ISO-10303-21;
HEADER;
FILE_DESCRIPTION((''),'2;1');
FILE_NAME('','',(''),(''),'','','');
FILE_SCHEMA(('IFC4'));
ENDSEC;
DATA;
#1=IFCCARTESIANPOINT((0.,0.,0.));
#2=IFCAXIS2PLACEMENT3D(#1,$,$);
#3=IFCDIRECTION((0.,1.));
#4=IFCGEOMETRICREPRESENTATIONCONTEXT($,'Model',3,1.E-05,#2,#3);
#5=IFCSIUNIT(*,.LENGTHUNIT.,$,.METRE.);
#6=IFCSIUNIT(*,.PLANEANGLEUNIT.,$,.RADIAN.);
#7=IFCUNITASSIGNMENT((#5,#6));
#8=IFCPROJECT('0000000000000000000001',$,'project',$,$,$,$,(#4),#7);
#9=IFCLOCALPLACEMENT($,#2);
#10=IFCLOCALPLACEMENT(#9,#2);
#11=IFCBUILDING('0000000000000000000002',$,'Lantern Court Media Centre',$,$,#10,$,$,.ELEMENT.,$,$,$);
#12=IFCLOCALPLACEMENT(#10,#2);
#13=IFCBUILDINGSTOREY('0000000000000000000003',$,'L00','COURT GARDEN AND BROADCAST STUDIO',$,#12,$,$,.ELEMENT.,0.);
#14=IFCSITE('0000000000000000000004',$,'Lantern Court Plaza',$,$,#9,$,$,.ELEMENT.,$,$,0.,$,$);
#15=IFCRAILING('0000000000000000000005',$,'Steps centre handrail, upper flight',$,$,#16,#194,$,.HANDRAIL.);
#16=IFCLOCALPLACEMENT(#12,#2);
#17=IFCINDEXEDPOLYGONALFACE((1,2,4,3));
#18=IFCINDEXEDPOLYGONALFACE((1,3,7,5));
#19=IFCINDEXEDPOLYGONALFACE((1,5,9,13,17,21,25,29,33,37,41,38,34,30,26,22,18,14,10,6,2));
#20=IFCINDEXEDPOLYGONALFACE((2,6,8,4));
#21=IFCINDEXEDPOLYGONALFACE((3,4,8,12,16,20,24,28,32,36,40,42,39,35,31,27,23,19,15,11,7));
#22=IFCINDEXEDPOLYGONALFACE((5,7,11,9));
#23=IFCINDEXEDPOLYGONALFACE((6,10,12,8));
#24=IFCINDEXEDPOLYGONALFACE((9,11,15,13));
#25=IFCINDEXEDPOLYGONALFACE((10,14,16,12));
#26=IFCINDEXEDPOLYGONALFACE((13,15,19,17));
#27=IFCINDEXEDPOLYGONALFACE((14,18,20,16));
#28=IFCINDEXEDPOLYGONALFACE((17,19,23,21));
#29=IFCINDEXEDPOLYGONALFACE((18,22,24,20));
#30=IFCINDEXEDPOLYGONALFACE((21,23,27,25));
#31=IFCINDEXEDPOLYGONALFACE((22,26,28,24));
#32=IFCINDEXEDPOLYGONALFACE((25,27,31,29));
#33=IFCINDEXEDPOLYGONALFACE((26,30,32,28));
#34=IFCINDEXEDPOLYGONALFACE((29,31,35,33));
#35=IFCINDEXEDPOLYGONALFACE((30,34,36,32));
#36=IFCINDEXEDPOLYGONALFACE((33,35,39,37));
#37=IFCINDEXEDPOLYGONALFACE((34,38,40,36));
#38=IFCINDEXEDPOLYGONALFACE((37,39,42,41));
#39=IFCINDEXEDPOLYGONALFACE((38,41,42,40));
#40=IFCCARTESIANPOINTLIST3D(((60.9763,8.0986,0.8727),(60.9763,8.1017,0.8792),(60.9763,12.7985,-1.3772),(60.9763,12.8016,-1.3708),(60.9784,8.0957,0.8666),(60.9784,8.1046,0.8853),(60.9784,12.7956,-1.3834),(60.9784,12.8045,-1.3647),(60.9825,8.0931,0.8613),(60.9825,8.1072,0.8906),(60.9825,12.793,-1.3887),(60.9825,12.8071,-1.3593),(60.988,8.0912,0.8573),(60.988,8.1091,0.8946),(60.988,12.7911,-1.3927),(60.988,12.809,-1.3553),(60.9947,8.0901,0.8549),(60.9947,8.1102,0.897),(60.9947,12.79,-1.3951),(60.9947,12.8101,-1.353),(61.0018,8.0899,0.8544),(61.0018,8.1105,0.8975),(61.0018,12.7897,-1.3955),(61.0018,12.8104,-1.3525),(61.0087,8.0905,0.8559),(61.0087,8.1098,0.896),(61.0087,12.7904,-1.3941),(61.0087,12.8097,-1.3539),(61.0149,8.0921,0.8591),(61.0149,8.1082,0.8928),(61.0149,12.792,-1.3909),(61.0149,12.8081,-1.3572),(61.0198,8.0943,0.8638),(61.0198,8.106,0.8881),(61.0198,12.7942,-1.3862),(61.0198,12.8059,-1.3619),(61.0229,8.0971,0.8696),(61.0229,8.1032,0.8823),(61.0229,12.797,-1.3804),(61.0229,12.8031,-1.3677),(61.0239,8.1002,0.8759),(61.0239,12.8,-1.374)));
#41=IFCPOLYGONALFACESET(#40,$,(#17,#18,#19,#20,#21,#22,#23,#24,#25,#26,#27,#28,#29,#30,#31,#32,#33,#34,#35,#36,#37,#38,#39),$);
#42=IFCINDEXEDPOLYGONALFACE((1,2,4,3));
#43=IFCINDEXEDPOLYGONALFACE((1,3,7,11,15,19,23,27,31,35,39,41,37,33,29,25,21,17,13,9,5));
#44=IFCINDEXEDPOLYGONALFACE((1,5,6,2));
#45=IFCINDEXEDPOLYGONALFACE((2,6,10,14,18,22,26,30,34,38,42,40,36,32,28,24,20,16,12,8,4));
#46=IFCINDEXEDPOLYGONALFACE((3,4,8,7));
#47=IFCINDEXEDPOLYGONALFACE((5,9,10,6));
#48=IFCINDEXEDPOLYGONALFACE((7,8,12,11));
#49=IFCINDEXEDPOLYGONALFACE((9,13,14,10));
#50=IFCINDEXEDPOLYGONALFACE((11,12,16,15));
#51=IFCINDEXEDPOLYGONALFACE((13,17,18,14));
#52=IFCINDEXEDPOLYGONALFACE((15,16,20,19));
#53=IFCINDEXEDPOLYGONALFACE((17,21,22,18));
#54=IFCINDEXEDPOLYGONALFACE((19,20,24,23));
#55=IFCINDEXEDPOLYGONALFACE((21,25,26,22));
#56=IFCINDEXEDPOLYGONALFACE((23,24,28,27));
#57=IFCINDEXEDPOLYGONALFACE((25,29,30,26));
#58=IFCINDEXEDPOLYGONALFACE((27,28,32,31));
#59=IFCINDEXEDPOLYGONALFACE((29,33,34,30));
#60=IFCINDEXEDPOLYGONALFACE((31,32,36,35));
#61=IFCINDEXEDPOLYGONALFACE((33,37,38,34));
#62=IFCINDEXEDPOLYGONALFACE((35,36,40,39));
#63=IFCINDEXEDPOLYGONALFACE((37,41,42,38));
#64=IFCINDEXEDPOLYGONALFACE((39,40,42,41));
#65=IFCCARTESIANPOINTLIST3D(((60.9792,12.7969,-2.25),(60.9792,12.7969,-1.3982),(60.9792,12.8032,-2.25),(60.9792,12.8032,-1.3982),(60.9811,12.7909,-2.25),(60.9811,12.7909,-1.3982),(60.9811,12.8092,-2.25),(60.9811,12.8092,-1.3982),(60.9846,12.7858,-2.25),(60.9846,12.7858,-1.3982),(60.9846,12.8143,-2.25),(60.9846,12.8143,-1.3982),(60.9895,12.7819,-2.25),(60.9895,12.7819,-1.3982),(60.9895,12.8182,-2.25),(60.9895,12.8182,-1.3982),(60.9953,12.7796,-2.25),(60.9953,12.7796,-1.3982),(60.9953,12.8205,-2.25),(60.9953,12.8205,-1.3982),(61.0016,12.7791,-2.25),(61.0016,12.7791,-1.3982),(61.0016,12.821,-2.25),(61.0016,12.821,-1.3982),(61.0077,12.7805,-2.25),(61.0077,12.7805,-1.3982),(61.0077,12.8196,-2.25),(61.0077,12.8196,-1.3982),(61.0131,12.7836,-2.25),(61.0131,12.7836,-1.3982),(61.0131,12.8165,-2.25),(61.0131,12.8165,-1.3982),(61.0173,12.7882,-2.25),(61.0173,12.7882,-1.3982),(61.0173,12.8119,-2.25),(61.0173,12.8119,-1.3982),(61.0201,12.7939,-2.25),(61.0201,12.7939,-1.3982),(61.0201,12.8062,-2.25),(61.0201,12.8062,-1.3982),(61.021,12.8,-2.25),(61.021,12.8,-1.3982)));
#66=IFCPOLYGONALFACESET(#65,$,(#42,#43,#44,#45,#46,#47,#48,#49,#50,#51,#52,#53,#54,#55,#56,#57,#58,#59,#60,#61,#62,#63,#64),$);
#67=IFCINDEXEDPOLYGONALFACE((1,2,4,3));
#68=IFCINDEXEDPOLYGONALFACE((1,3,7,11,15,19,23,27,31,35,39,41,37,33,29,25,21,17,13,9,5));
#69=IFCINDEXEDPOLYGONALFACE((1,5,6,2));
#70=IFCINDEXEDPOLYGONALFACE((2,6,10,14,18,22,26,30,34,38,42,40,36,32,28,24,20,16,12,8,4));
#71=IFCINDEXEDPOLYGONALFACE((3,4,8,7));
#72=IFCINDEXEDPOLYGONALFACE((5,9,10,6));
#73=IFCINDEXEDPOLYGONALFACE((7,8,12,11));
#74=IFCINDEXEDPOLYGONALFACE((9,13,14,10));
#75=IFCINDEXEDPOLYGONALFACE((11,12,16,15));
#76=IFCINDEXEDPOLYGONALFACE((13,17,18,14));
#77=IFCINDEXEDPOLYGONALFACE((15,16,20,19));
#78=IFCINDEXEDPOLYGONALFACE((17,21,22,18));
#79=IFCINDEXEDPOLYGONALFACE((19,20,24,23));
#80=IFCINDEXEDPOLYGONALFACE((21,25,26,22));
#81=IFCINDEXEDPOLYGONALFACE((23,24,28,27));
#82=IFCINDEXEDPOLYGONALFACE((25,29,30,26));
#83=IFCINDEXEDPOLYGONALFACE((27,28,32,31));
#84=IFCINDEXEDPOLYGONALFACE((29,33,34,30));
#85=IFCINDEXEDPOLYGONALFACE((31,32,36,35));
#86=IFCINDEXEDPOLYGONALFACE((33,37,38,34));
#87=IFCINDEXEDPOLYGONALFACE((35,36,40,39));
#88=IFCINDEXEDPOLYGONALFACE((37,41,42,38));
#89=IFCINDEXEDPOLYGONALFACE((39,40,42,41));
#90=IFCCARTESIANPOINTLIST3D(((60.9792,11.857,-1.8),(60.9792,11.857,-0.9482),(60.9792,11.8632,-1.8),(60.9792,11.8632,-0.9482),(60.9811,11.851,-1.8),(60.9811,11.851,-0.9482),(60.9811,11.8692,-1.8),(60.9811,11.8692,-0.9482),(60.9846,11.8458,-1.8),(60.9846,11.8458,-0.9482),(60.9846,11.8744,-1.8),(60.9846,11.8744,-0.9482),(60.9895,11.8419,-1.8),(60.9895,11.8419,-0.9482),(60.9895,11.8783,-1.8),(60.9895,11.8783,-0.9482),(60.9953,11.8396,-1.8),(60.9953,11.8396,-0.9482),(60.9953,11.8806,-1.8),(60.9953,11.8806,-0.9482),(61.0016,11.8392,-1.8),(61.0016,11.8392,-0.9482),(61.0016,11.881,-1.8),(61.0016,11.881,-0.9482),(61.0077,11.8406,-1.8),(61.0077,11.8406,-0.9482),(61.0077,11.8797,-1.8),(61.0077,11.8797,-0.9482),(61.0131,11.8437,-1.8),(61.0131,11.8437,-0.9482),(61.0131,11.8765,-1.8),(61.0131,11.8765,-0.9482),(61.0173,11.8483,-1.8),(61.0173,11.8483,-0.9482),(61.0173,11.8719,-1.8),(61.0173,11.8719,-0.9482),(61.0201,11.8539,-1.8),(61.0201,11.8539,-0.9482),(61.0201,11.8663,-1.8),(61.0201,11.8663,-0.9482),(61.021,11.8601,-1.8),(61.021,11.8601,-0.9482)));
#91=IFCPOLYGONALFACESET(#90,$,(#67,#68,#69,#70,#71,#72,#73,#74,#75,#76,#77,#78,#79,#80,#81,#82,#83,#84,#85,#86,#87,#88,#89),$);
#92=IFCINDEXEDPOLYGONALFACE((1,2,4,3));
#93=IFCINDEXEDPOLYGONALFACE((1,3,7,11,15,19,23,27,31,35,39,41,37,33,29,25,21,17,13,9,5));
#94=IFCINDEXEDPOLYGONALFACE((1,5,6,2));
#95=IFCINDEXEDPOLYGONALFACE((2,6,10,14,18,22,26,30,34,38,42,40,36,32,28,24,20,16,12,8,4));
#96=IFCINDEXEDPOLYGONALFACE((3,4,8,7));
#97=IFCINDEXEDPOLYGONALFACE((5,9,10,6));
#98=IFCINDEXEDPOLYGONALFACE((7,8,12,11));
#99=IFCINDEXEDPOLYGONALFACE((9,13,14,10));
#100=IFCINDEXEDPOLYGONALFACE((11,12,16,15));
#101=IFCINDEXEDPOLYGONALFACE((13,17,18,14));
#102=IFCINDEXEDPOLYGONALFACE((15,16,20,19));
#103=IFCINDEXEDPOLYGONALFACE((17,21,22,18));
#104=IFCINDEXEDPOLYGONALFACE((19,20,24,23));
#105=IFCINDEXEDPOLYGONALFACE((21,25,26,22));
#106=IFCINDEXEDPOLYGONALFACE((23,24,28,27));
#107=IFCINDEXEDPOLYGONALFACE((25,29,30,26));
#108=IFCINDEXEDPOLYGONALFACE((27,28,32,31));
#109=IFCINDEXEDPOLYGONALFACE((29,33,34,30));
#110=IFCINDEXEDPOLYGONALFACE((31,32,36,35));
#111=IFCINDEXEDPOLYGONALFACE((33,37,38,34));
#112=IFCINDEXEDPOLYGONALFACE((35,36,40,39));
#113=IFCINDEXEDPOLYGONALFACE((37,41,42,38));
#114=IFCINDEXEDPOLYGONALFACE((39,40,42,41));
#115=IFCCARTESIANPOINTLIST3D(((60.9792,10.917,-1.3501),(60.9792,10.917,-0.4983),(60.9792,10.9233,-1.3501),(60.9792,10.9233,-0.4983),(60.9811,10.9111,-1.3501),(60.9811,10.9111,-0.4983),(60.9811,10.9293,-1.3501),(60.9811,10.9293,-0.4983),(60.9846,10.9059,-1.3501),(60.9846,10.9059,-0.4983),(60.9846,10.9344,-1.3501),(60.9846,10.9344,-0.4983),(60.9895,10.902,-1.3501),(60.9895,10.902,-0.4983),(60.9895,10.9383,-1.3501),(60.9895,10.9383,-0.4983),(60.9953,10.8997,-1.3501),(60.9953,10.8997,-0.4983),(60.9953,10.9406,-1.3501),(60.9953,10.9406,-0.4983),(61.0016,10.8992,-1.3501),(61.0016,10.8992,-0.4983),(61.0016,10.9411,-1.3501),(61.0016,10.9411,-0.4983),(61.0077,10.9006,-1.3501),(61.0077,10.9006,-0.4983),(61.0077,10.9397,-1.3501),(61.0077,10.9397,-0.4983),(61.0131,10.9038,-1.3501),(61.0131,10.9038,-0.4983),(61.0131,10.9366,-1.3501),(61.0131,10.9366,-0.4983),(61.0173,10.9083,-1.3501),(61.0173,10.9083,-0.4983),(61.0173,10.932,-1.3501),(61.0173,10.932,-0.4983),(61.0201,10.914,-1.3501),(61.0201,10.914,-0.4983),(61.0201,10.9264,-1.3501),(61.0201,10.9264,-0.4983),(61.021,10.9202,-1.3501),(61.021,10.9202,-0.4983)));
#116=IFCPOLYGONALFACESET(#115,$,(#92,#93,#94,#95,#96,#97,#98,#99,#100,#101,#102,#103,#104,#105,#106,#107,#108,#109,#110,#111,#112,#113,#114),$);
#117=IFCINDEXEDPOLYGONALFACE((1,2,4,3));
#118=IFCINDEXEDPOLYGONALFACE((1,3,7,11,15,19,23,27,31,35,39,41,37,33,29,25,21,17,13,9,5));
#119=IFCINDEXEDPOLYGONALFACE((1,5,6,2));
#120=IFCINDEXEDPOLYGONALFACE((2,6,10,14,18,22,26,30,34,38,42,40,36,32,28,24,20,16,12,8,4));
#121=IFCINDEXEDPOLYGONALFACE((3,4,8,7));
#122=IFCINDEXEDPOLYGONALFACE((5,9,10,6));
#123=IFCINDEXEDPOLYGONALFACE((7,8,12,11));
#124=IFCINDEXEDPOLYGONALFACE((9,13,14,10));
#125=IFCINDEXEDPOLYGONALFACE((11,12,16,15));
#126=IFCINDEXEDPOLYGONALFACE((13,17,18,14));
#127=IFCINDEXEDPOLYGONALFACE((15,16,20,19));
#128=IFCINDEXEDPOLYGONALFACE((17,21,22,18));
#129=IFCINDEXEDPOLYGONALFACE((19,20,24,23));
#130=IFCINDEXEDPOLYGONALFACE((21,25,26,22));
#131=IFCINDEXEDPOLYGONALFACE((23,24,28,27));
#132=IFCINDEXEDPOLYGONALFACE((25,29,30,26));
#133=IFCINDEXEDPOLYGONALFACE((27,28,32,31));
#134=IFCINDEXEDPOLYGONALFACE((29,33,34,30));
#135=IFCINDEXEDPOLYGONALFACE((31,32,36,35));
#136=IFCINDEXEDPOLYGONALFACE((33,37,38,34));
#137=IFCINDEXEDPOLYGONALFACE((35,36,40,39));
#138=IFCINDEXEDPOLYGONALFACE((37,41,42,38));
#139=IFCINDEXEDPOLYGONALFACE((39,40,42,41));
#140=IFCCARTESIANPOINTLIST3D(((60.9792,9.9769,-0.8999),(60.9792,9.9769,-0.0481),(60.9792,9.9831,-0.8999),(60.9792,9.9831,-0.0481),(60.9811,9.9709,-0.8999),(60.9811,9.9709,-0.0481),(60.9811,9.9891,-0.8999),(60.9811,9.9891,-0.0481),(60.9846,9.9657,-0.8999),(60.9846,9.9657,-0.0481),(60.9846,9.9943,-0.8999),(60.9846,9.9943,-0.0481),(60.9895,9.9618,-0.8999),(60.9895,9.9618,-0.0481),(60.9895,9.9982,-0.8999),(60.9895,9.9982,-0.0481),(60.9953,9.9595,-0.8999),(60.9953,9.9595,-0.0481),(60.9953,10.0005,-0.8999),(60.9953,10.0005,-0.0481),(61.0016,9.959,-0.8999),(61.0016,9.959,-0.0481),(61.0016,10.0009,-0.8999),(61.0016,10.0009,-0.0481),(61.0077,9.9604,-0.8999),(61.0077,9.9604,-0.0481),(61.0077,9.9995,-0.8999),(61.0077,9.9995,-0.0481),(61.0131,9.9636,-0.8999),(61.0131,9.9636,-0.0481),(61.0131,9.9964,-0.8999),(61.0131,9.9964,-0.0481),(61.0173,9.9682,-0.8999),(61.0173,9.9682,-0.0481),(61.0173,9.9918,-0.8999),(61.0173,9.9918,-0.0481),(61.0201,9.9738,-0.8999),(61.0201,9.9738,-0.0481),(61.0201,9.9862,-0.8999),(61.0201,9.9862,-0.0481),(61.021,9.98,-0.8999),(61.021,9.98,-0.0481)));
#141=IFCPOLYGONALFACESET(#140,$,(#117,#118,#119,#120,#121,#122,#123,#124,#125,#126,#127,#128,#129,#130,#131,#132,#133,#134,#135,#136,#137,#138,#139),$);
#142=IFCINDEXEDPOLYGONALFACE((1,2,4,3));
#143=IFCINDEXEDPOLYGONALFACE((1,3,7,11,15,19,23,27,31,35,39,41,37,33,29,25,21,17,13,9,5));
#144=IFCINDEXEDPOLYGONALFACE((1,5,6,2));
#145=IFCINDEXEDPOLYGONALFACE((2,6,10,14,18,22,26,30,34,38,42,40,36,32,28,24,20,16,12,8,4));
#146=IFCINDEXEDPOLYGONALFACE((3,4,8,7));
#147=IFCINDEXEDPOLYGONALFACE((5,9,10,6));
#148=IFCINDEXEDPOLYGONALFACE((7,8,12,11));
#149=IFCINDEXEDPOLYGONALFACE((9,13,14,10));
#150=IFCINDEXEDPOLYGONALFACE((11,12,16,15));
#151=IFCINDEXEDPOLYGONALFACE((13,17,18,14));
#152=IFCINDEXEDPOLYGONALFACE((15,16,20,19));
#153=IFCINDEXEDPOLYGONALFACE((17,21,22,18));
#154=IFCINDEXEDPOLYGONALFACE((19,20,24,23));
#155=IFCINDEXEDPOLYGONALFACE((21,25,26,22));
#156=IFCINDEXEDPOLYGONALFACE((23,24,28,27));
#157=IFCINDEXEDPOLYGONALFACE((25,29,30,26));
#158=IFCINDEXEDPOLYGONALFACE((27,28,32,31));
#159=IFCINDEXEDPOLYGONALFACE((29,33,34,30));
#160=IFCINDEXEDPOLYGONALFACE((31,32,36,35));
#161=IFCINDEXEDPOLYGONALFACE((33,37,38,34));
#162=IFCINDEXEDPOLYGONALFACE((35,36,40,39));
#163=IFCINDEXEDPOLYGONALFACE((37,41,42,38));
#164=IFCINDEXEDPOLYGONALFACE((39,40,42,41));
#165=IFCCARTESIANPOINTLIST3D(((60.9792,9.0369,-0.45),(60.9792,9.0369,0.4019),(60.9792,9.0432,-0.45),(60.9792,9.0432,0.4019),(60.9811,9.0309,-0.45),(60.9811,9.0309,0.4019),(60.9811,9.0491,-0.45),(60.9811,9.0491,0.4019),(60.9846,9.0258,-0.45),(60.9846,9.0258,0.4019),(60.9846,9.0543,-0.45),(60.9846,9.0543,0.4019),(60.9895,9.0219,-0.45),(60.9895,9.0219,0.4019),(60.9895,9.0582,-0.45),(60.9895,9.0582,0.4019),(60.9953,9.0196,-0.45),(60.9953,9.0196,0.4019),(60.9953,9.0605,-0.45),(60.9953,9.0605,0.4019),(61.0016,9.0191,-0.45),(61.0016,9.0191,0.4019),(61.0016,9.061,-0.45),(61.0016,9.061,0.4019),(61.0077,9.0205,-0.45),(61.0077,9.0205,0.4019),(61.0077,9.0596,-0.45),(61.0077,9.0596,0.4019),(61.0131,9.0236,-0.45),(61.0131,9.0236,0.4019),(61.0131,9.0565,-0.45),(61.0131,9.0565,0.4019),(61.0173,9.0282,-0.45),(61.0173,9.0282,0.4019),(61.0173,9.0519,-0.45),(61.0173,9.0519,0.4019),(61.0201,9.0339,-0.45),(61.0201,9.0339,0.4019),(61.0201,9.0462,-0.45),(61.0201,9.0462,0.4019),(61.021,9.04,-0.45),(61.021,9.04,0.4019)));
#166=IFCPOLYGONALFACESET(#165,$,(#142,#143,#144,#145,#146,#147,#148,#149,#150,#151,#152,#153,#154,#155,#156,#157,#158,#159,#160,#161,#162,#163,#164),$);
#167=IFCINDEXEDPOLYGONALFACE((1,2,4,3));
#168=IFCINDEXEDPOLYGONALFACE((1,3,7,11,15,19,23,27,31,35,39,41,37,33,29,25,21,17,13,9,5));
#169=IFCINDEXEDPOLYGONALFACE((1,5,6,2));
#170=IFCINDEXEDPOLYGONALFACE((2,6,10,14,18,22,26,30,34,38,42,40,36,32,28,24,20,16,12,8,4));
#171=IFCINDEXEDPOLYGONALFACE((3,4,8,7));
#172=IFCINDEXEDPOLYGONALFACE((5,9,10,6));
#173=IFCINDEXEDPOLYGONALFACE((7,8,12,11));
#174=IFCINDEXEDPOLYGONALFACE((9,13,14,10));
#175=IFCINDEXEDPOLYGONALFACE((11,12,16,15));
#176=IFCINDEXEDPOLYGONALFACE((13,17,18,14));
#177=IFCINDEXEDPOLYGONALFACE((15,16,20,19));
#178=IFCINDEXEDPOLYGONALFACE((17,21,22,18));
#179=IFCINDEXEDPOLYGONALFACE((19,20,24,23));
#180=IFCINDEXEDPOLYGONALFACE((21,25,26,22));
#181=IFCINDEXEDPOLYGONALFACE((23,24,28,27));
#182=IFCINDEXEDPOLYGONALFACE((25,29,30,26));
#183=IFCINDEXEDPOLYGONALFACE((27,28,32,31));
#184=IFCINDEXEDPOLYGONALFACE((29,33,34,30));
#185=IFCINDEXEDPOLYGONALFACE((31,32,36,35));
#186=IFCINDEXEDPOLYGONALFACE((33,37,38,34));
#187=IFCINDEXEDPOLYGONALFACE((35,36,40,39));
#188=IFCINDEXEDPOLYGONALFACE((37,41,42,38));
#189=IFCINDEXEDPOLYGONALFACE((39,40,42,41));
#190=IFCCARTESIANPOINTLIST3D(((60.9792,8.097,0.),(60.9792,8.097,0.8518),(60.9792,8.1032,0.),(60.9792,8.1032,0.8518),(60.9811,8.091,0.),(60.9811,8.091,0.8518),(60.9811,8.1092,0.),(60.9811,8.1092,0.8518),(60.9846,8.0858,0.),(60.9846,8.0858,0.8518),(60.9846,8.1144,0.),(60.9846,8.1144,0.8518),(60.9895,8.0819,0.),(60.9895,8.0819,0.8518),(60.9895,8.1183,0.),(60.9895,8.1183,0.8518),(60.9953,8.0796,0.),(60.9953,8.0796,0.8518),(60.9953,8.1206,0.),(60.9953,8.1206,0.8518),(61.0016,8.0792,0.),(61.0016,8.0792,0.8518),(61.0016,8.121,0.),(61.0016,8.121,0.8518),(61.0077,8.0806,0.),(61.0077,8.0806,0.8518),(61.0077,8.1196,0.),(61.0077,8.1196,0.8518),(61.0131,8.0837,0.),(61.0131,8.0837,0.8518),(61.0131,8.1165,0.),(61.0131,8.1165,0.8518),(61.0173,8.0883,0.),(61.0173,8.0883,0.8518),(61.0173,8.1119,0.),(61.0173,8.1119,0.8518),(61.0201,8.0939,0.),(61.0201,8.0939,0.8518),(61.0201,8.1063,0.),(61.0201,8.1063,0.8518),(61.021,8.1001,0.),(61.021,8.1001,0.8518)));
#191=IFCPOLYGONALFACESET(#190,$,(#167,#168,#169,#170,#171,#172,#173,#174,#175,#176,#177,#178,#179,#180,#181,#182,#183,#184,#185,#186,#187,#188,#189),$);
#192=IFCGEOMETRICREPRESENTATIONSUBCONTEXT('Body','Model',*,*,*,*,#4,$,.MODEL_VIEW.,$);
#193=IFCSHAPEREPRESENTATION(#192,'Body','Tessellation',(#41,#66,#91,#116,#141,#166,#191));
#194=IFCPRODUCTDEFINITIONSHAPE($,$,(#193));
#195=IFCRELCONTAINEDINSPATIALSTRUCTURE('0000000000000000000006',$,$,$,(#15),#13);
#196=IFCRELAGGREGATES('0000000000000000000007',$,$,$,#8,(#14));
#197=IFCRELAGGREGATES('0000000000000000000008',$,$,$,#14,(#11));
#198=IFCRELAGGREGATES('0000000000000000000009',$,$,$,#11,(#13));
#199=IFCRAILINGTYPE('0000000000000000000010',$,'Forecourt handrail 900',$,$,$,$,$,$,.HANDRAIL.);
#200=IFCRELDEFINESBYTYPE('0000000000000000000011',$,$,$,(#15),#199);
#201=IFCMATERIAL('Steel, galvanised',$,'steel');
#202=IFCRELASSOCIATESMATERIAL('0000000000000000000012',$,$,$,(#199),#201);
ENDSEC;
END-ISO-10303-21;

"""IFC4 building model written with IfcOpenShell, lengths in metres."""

from ifc_helpers import new_model, si_unit, direction, frame, origin, origin_2d, place, context, subcontext, project, spatial, circle, extrude, material, type_object, element, save


model = new_model("IFC4")

# Units and contexts
model_context = context("Model", 3, precision=1e-05, world=origin(), true_north=direction((0.0, 1.0)))
body_context = subcontext(model_context, "Body", "Model", "MODEL_VIEW")
ifc_project = project(units=[si_unit("LENGTHUNIT", "METRE"), si_unit("PLANEANGLEUNIT", "RADIAN")], contexts=[model_context])

# Site, building, storey
site_placement = place(None, origin())
site = spatial("IfcSite", under=ifc_project, at=site_placement, Name="Lantern Court Plaza", CompositionType="ELEMENT", RefElevation=0.0)
building_placement = place(site_placement, origin())
building = spatial("IfcBuilding", under=site, at=building_placement, Name="Lantern Court Media Centre", CompositionType="ELEMENT")
storey_placement = place(building_placement, origin())
storey = spatial("IfcBuildingStorey", under=building, at=storey_placement, Name="L00", Description="COURT GARDEN AND BROADCAST STUDIO", CompositionType="ELEMENT", Elevation=0.0)

# Railing
ifc_material_1 = material(Name="Steel, galvanised", Category="steel")
railing_type_1 = type_object("IfcRailingType", Name="Forecourt handrail 900", PredefinedType="HANDRAIL", material=ifc_material_1)
railing_1_placement = place(storey_placement, frame((61.0, 12.8, -2.25)))
element("IfcRailing", 1, at=railing_1_placement, inside=storey, type_object=railing_type_1, Name="Steps centre handrail, upper flight", PredefinedType="HANDRAIL", context=body_context, shape_type="SweptSolid", body=[
    extrude(circle(Radius=0.0239, at=origin_2d()), frame((0.0, 0.0, 0.876), z_axis=(0.0, -0.90197, 0.431799), x_axis=(1.0, 0.0, 0.0)), (0.0, 0.0, 1.0), 5.2107),
    extrude(circle(Radius=0.021, at=origin_2d()), origin(), (0.0, 0.0, 1.0), 0.8518),
    extrude(circle(Radius=0.021, at=origin_2d()), frame((0.0, -0.9399, 0.45)), (0.0, 0.0, 1.0), 0.8518),
    extrude(circle(Radius=0.021, at=origin_2d()), frame((0.0, -1.8799, 0.8999)), (0.0, 0.0, 1.0), 0.8518),
    extrude(circle(Radius=0.021, at=origin_2d()), frame((0.0, -2.8201, 1.3501)), (0.0, 0.0, 1.0), 0.8518),
    extrude(circle(Radius=0.021, at=origin_2d()), frame((0.0, -3.76, 1.8)), (0.0, 0.0, 1.0), 0.8518),
    extrude(circle(Radius=0.021, at=origin_2d()), frame((0.0, -4.7, 2.25)), (0.0, 0.0, 1.0), 0.8518),
])

save(model, "model.ifc")
